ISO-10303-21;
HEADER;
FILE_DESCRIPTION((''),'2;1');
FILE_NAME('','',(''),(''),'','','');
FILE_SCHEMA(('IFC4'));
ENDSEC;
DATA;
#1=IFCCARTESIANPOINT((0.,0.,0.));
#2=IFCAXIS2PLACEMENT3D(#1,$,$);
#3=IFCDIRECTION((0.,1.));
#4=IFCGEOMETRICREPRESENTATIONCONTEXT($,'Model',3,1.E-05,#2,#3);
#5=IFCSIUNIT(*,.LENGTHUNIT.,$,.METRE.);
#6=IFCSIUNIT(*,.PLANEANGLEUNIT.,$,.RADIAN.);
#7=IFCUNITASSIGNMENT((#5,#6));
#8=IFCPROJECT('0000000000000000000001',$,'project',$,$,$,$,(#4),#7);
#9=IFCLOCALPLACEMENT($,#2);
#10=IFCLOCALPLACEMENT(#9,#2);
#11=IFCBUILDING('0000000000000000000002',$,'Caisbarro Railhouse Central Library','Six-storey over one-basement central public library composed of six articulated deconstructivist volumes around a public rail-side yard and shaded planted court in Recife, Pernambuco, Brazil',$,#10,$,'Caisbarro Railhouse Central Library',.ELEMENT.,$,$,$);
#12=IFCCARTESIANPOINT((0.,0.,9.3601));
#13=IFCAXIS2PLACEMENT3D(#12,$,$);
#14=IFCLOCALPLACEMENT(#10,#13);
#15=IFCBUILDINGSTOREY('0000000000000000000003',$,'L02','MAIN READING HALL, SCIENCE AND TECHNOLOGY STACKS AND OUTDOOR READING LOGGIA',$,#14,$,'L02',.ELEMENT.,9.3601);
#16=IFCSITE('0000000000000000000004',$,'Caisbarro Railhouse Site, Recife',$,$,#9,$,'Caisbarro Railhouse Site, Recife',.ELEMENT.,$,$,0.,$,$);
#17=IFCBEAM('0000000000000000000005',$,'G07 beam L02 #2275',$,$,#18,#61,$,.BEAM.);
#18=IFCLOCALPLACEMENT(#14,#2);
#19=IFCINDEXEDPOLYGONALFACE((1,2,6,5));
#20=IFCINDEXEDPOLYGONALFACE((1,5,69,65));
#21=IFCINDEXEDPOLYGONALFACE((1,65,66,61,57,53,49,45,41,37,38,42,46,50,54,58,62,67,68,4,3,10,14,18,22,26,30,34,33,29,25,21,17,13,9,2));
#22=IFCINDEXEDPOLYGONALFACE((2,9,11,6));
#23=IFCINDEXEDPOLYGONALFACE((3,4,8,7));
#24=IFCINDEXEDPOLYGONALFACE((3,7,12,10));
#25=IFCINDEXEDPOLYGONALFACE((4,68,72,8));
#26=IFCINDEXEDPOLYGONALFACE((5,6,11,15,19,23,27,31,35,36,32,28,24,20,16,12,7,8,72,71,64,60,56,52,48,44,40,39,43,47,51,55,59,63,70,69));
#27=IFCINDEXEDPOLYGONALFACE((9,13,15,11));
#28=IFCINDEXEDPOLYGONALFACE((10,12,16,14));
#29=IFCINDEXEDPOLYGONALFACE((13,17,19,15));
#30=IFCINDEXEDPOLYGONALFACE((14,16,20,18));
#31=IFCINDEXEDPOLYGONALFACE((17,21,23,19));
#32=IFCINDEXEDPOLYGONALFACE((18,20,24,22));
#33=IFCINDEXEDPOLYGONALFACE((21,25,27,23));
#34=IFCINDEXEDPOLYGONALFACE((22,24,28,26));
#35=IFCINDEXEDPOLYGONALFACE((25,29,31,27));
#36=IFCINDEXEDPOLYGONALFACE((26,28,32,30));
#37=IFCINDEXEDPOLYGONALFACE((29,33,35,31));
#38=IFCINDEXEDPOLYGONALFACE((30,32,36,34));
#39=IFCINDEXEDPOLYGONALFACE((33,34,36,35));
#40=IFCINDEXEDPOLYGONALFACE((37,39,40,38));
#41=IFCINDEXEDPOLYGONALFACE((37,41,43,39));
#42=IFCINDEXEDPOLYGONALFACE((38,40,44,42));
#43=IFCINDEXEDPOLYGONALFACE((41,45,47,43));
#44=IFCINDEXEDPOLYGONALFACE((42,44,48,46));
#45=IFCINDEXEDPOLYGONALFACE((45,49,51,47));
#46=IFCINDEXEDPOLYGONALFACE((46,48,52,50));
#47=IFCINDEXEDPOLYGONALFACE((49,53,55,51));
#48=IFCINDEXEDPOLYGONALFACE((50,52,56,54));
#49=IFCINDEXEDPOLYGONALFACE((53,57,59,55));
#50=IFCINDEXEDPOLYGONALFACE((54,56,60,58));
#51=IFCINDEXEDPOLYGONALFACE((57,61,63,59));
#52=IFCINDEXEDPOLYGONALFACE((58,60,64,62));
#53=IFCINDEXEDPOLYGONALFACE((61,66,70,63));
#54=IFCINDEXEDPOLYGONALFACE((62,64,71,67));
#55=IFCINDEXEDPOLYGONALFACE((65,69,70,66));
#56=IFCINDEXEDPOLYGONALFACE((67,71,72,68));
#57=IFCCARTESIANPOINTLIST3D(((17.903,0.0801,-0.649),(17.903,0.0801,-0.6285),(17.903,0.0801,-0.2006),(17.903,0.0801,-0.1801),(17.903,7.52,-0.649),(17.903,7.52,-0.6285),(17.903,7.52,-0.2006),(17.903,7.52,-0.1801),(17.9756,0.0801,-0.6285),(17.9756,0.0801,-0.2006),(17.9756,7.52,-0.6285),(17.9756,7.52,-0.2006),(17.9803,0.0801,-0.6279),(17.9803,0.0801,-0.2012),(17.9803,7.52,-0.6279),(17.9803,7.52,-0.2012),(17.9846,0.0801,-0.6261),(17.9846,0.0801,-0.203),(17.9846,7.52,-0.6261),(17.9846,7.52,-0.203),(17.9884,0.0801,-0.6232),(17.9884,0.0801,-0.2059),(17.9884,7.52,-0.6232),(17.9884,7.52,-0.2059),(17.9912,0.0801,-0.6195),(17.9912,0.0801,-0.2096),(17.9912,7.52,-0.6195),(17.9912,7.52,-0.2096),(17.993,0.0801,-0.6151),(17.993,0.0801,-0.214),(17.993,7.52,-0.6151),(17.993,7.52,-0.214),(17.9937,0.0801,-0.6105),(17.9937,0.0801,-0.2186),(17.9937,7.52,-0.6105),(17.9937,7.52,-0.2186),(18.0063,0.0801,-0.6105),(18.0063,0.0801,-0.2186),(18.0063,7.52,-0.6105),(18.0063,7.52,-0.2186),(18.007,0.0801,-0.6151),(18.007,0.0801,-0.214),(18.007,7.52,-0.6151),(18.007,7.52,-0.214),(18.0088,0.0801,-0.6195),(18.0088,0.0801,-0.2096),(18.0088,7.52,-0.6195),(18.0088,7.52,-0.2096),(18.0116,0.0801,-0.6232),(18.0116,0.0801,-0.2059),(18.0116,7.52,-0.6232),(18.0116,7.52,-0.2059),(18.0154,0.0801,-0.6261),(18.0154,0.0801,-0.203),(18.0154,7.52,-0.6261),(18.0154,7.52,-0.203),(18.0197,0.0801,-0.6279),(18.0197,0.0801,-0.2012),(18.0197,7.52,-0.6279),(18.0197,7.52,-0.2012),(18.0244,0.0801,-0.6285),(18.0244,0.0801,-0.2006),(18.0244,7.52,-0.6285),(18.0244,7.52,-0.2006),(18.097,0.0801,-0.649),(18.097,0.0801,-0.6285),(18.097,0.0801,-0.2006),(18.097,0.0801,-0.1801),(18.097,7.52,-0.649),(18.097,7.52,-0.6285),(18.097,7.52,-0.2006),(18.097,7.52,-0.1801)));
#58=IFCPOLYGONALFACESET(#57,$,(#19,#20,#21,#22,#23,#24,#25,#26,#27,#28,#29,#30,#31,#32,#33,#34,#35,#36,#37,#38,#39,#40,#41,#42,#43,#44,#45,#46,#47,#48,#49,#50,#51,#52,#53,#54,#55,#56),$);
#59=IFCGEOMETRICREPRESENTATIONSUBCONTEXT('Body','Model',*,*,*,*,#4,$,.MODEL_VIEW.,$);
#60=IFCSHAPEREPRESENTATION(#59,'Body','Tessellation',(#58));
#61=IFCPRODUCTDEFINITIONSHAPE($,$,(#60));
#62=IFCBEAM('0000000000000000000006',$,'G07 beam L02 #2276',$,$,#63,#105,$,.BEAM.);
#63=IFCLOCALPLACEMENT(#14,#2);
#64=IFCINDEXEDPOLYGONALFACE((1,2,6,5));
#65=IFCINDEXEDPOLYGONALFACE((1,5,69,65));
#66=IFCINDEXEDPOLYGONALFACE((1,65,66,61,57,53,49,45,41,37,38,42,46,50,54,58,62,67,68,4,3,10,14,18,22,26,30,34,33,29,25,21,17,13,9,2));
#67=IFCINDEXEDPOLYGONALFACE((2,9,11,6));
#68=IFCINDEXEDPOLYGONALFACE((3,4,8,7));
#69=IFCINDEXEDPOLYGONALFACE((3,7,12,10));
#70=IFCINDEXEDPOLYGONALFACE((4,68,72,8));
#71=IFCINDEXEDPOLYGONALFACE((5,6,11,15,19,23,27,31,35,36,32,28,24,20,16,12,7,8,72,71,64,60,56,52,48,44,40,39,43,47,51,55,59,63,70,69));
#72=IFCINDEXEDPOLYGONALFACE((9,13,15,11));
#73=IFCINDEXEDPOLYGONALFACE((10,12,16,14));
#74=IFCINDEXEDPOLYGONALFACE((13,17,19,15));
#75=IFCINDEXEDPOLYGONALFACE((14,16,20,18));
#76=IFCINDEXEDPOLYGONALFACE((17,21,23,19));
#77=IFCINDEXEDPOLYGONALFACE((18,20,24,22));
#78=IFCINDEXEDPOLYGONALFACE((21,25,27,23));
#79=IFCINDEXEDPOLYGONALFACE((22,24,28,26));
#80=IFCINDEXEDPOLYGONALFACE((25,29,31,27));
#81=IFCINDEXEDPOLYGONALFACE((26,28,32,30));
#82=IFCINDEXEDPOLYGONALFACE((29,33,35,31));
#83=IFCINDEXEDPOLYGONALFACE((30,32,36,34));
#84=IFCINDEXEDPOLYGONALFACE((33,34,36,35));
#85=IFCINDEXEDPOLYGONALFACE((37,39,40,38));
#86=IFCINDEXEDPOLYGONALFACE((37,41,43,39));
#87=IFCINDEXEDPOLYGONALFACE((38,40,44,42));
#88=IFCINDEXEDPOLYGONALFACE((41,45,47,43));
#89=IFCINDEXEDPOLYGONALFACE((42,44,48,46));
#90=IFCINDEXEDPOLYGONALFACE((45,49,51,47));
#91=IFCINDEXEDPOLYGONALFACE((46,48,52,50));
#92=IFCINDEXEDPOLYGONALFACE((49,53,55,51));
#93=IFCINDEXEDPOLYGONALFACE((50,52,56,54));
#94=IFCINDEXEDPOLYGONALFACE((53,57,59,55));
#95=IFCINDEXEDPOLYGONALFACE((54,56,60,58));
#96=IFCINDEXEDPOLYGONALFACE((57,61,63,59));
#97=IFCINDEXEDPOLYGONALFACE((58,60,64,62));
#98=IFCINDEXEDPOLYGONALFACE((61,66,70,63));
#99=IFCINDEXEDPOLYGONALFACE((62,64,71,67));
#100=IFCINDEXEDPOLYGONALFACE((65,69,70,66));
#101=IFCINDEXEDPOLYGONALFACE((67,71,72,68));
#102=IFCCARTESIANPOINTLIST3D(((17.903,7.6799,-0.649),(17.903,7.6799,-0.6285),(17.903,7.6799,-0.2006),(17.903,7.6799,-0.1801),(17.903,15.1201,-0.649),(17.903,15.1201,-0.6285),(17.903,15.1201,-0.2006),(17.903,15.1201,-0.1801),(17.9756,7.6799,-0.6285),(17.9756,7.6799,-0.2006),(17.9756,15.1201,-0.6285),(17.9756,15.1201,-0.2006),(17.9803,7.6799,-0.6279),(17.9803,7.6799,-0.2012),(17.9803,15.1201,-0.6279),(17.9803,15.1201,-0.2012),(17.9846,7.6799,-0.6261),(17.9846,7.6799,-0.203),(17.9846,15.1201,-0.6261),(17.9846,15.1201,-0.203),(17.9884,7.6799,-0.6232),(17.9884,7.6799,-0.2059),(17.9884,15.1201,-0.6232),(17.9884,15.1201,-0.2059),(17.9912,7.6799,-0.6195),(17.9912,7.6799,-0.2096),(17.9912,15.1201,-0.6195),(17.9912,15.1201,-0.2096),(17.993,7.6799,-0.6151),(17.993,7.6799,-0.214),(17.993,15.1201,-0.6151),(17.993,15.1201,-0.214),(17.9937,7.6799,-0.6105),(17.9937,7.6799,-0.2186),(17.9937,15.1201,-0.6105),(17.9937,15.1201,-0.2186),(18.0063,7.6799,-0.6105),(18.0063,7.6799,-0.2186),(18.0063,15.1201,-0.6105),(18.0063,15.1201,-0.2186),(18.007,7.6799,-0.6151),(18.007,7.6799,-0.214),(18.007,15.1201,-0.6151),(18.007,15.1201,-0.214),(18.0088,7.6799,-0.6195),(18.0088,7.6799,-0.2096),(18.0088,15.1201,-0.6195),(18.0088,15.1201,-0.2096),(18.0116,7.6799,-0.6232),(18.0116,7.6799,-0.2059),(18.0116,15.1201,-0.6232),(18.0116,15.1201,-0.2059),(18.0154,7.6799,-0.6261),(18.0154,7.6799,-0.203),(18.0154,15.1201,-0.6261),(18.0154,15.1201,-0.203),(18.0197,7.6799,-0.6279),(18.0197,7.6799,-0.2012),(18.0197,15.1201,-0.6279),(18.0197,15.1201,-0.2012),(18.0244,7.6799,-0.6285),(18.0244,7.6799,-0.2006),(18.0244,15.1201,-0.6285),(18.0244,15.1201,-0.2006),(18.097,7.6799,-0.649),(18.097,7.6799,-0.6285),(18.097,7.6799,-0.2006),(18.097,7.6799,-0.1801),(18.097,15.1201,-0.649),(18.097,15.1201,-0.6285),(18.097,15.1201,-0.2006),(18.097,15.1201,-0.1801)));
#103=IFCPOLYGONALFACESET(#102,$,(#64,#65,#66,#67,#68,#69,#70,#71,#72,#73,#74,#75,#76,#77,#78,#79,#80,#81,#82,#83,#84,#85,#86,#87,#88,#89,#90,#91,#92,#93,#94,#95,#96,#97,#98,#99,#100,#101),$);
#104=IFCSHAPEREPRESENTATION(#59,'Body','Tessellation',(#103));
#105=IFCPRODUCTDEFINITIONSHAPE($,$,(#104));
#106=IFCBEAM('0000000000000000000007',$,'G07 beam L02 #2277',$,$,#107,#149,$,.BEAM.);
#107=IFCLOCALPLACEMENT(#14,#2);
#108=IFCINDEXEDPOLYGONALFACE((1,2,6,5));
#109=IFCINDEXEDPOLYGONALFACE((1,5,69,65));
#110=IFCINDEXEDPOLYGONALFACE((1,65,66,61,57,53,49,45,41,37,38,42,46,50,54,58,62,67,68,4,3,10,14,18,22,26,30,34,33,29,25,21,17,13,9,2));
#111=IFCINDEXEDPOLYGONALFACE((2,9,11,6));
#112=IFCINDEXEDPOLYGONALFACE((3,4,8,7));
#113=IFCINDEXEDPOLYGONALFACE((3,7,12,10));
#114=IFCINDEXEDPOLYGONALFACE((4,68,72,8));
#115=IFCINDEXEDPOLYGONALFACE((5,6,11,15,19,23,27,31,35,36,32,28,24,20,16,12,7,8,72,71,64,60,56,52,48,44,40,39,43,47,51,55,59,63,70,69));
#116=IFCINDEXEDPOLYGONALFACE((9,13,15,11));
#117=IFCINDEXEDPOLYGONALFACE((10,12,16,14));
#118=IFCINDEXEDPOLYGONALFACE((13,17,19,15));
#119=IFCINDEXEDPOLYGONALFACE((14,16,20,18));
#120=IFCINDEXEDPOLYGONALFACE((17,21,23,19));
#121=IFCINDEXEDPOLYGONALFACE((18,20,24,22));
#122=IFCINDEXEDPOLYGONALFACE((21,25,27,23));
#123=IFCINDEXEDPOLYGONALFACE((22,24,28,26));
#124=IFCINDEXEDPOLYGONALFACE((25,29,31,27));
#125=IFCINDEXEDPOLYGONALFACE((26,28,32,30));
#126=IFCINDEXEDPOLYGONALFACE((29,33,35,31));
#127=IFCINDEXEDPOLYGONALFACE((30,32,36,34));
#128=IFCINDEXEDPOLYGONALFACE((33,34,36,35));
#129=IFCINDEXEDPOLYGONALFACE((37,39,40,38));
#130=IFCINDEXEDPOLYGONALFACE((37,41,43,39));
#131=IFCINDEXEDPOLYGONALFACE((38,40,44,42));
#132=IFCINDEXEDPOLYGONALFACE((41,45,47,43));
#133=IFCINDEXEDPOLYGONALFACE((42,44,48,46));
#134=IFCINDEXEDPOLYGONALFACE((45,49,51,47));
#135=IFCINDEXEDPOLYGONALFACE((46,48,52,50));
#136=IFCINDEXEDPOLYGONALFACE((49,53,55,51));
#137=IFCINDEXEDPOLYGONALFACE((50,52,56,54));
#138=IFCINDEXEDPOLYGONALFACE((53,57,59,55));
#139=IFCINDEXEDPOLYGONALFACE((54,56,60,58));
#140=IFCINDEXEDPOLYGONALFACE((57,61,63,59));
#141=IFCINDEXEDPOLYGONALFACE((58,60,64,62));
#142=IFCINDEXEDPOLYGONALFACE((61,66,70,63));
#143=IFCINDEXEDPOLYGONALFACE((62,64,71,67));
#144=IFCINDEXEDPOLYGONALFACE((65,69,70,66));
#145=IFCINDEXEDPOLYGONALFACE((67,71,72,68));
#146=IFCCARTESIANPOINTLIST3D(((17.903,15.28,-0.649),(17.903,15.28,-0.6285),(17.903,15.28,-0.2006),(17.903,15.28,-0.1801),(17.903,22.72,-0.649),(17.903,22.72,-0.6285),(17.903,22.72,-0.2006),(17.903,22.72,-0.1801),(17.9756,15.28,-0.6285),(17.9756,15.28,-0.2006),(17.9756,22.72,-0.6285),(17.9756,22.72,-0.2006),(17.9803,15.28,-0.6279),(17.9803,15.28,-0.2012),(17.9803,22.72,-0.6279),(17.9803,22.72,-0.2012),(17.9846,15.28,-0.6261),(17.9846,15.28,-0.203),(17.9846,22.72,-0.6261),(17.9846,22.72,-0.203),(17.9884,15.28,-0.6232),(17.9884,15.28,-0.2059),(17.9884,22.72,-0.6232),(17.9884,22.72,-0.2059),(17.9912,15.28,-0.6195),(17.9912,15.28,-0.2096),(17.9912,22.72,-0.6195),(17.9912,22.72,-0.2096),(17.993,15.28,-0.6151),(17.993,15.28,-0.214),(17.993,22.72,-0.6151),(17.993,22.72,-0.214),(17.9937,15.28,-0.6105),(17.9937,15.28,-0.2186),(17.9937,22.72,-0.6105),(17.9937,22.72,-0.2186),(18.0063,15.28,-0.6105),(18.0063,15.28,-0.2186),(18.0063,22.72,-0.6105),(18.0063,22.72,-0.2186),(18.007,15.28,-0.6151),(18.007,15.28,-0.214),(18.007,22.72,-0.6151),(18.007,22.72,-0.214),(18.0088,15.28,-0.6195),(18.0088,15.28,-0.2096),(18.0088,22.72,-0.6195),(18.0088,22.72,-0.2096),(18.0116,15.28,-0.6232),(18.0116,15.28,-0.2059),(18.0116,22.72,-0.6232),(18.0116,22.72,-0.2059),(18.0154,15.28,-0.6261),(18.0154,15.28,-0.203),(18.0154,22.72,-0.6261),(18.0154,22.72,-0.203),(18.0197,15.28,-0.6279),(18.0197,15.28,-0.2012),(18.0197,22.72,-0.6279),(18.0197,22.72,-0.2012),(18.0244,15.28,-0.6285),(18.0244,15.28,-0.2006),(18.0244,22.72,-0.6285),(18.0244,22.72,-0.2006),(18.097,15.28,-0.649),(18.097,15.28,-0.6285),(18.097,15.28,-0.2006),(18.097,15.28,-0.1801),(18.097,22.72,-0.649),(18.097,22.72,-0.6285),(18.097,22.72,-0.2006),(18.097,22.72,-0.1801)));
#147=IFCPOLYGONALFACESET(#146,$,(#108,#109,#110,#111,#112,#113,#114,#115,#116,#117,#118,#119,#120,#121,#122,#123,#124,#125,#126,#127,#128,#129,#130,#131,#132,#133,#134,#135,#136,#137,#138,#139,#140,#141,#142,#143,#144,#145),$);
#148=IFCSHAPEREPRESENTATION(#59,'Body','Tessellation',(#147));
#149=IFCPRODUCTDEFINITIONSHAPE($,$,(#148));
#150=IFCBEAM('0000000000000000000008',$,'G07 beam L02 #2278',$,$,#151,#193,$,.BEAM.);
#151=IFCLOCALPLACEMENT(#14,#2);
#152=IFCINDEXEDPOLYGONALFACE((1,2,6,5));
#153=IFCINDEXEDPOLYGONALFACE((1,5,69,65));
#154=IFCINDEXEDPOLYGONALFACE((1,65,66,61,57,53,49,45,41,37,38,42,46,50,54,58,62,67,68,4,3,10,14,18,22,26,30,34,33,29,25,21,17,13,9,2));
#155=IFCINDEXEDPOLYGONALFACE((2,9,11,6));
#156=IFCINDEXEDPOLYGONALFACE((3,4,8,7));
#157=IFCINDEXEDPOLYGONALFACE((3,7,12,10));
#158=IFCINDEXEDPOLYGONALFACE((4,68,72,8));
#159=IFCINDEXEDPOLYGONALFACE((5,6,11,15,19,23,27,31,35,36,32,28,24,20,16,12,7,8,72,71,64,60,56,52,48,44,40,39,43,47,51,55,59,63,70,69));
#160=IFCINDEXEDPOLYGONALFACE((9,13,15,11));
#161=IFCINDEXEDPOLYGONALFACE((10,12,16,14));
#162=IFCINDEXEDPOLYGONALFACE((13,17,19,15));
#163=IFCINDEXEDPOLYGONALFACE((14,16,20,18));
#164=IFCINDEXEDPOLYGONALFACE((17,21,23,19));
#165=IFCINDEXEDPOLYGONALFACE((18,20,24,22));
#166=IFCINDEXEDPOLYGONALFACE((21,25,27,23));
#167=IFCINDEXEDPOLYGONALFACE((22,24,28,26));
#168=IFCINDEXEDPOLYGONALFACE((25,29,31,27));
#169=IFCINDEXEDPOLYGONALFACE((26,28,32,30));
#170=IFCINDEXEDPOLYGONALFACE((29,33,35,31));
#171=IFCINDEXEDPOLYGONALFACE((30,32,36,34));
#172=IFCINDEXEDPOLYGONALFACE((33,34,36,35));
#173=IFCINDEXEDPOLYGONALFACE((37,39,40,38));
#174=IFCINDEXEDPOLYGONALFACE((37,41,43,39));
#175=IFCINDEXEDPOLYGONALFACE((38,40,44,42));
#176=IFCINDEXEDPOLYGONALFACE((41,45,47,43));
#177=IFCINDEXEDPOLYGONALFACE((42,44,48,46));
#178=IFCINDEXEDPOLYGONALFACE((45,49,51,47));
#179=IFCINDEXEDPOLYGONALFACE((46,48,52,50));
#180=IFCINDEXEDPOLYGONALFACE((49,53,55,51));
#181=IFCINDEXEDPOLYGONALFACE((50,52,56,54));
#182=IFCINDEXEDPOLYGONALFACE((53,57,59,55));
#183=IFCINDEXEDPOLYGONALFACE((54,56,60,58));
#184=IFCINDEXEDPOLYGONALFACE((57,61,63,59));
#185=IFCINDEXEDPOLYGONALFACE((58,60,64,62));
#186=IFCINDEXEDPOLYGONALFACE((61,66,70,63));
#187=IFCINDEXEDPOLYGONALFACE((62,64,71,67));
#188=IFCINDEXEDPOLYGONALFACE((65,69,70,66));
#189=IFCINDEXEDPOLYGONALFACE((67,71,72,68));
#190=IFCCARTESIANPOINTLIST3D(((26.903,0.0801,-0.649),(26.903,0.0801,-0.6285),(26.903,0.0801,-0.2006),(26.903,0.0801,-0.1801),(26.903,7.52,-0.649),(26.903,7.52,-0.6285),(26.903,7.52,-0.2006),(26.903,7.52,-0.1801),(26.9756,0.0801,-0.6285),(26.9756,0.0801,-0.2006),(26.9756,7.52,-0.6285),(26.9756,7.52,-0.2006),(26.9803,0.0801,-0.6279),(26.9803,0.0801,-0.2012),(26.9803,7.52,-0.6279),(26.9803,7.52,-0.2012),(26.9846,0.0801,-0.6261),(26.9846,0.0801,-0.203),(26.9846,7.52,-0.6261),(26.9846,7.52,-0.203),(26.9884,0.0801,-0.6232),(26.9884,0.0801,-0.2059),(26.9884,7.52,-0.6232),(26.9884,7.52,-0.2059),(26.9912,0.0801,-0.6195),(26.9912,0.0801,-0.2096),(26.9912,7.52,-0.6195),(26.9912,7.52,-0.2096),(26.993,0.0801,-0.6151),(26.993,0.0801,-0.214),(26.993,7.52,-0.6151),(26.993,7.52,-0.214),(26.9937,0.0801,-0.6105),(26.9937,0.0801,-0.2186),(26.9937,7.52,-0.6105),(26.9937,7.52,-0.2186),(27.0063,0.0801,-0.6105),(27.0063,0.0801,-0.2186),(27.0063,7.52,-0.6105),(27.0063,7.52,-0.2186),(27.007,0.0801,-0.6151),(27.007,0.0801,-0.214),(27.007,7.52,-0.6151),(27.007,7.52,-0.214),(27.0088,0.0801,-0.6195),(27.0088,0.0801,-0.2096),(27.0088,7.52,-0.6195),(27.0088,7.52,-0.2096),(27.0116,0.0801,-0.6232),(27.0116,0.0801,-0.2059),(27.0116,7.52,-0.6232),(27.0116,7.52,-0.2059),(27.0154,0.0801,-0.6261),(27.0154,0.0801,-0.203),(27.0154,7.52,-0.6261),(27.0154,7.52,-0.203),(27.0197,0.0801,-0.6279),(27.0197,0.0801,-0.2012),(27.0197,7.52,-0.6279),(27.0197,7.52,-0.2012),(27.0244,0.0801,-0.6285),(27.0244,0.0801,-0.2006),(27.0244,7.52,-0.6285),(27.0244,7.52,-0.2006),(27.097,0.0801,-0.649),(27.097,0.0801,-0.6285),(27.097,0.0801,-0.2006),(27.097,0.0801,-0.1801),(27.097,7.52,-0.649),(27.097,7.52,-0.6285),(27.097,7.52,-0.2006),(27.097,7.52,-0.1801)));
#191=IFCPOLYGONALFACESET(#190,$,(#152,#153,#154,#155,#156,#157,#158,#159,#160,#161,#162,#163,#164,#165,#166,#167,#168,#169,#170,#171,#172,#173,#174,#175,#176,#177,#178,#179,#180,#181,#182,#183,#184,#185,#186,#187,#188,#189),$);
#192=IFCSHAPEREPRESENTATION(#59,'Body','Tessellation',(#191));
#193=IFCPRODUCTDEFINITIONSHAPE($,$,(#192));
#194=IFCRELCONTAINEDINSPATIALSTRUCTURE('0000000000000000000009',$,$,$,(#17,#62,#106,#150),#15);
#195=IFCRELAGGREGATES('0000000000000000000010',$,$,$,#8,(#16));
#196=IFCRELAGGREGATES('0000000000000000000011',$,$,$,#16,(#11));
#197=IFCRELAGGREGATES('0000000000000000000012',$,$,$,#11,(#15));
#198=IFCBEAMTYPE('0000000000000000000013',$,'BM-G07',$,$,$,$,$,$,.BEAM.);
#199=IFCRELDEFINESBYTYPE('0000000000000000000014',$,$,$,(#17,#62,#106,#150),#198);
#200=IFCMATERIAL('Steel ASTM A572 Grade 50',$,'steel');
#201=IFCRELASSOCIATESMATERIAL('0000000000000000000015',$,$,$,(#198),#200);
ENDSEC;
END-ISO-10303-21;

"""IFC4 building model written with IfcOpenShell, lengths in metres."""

from ifc_helpers import new_model, si_unit, direction, frame, origin, origin_2d, place, context, subcontext, project, spatial, i_section, extrude, material, material_profile, profile_set, type_object, element, save


model = new_model("IFC4")

# Units and contexts
model_context = context("Model", 3, precision=1e-05, world=origin(), true_north=direction((0.0, 1.0)))
body_context = subcontext(model_context, "Body", "Model", "MODEL_VIEW")
ifc_project = project(units=[si_unit("LENGTHUNIT", "METRE"), si_unit("PLANEANGLEUNIT", "RADIAN")], contexts=[model_context])

# Site, building, storey
site_placement = place(None, origin())
site = spatial("IfcSite", under=ifc_project, at=site_placement, Name="Caisbarro Railhouse Site, Recife", LongName="Caisbarro Railhouse Site, Recife", CompositionType="ELEMENT", RefElevation=0.0)
building_placement = place(site_placement, origin())
building = spatial("IfcBuilding", under=site, at=building_placement, Name="Caisbarro Railhouse Central Library", Description="Six-storey over one-basement central public library composed of six articulated deconstructivist volumes around a public rail-side yard and shaded planted court in Recife, Pernambuco, Brazil", LongName="Caisbarro Railhouse Central Library", CompositionType="ELEMENT")
storey_placement = place(building_placement, frame((0.0, 0.0, 9.3601)))
storey = spatial("IfcBuildingStorey", under=building, at=storey_placement, Name="L02", Description="MAIN READING HALL, SCIENCE AND TECHNOLOGY STACKS AND OUTDOOR READING LOGGIA", LongName="L02", CompositionType="ELEMENT", Elevation=9.3601)

# Beams
ifc_material_1 = material(Name="Steel ASTM A572 Grade 50", Category="steel")
ifc_material_profile_1 = material_profile(ifc_material_1, i_section(OverallWidth=0.1941, OverallDepth=0.469, WebThickness=0.0127, FlangeThickness=0.0205, FilletRadius=0.0181, at=origin_2d()), Name="W460X106.0")
ifc_profile_set_1 = profile_set([ifc_material_profile_1], Name="Steel ASTM A572 Grade 50")
beam_type_1 = type_object("IfcBeamType", Name="BM-G07", PredefinedType="BEAM", material=ifc_profile_set_1)
beam_1_placement = place(storey_placement, frame((18.0, 0.0801, -0.4146), z_axis=(0.0, 1.0, 0.0), x_axis=(-1.0, 0.0, 0.0)))
element("IfcBeam", 1, at=beam_1_placement, inside=storey, type_object=beam_type_1, Name="G07 beam L02 #2275", PredefinedType="BEAM", context=body_context, shape_type="SweptSolid", body=[
    extrude(i_section(OverallWidth=0.1941, OverallDepth=0.469, WebThickness=0.0127, FlangeThickness=0.0205, FilletRadius=0.0181, at=origin_2d()), origin(), (0.0, 0.0, 1.0), 7.4399),
])
beam_2_placement = place(storey_placement, frame((18.0, 7.6799, -0.4146), z_axis=(0.0, 1.0, 0.0), x_axis=(-1.0, 0.0, 0.0)))
element("IfcBeam", 2, at=beam_2_placement, inside=storey, type_object=beam_type_1, Name="G07 beam L02 #2276", PredefinedType="BEAM", context=body_context, shape_type="SweptSolid", body=[
    extrude(i_section(OverallWidth=0.1941, OverallDepth=0.469, WebThickness=0.0127, FlangeThickness=0.0205, FilletRadius=0.0181, at=origin_2d()), origin(), (0.0, 0.0, 1.0), 7.4402),
])
for number, where, z_axis, x_axis, name in (
    (3, (18.0, 15.28, -0.4146), (0.0, 1.0, 0.0), (-1.0, 0.0, 0.0), "G07 beam L02 #2277"),
    (4, (27.0, 0.0801, -0.4146), (0.0, 1.0, 0.0), (-1.0, 0.0, 0.0), "G07 beam L02 #2278"),
):
    element("IfcBeam", number, at=place(storey_placement, frame(where, z_axis=z_axis, x_axis=x_axis)), inside=storey, type_object=beam_type_1, Name=name, PredefinedType="BEAM", context=body_context, shape_type="SweptSolid", body=[
        extrude(i_section(OverallWidth=0.1941, OverallDepth=0.469, WebThickness=0.0127, FlangeThickness=0.0205, FilletRadius=0.0181, at=origin_2d()), origin(), (0.0, 0.0, 1.0), 7.4399),
    ])

save(model, "model.ifc")
